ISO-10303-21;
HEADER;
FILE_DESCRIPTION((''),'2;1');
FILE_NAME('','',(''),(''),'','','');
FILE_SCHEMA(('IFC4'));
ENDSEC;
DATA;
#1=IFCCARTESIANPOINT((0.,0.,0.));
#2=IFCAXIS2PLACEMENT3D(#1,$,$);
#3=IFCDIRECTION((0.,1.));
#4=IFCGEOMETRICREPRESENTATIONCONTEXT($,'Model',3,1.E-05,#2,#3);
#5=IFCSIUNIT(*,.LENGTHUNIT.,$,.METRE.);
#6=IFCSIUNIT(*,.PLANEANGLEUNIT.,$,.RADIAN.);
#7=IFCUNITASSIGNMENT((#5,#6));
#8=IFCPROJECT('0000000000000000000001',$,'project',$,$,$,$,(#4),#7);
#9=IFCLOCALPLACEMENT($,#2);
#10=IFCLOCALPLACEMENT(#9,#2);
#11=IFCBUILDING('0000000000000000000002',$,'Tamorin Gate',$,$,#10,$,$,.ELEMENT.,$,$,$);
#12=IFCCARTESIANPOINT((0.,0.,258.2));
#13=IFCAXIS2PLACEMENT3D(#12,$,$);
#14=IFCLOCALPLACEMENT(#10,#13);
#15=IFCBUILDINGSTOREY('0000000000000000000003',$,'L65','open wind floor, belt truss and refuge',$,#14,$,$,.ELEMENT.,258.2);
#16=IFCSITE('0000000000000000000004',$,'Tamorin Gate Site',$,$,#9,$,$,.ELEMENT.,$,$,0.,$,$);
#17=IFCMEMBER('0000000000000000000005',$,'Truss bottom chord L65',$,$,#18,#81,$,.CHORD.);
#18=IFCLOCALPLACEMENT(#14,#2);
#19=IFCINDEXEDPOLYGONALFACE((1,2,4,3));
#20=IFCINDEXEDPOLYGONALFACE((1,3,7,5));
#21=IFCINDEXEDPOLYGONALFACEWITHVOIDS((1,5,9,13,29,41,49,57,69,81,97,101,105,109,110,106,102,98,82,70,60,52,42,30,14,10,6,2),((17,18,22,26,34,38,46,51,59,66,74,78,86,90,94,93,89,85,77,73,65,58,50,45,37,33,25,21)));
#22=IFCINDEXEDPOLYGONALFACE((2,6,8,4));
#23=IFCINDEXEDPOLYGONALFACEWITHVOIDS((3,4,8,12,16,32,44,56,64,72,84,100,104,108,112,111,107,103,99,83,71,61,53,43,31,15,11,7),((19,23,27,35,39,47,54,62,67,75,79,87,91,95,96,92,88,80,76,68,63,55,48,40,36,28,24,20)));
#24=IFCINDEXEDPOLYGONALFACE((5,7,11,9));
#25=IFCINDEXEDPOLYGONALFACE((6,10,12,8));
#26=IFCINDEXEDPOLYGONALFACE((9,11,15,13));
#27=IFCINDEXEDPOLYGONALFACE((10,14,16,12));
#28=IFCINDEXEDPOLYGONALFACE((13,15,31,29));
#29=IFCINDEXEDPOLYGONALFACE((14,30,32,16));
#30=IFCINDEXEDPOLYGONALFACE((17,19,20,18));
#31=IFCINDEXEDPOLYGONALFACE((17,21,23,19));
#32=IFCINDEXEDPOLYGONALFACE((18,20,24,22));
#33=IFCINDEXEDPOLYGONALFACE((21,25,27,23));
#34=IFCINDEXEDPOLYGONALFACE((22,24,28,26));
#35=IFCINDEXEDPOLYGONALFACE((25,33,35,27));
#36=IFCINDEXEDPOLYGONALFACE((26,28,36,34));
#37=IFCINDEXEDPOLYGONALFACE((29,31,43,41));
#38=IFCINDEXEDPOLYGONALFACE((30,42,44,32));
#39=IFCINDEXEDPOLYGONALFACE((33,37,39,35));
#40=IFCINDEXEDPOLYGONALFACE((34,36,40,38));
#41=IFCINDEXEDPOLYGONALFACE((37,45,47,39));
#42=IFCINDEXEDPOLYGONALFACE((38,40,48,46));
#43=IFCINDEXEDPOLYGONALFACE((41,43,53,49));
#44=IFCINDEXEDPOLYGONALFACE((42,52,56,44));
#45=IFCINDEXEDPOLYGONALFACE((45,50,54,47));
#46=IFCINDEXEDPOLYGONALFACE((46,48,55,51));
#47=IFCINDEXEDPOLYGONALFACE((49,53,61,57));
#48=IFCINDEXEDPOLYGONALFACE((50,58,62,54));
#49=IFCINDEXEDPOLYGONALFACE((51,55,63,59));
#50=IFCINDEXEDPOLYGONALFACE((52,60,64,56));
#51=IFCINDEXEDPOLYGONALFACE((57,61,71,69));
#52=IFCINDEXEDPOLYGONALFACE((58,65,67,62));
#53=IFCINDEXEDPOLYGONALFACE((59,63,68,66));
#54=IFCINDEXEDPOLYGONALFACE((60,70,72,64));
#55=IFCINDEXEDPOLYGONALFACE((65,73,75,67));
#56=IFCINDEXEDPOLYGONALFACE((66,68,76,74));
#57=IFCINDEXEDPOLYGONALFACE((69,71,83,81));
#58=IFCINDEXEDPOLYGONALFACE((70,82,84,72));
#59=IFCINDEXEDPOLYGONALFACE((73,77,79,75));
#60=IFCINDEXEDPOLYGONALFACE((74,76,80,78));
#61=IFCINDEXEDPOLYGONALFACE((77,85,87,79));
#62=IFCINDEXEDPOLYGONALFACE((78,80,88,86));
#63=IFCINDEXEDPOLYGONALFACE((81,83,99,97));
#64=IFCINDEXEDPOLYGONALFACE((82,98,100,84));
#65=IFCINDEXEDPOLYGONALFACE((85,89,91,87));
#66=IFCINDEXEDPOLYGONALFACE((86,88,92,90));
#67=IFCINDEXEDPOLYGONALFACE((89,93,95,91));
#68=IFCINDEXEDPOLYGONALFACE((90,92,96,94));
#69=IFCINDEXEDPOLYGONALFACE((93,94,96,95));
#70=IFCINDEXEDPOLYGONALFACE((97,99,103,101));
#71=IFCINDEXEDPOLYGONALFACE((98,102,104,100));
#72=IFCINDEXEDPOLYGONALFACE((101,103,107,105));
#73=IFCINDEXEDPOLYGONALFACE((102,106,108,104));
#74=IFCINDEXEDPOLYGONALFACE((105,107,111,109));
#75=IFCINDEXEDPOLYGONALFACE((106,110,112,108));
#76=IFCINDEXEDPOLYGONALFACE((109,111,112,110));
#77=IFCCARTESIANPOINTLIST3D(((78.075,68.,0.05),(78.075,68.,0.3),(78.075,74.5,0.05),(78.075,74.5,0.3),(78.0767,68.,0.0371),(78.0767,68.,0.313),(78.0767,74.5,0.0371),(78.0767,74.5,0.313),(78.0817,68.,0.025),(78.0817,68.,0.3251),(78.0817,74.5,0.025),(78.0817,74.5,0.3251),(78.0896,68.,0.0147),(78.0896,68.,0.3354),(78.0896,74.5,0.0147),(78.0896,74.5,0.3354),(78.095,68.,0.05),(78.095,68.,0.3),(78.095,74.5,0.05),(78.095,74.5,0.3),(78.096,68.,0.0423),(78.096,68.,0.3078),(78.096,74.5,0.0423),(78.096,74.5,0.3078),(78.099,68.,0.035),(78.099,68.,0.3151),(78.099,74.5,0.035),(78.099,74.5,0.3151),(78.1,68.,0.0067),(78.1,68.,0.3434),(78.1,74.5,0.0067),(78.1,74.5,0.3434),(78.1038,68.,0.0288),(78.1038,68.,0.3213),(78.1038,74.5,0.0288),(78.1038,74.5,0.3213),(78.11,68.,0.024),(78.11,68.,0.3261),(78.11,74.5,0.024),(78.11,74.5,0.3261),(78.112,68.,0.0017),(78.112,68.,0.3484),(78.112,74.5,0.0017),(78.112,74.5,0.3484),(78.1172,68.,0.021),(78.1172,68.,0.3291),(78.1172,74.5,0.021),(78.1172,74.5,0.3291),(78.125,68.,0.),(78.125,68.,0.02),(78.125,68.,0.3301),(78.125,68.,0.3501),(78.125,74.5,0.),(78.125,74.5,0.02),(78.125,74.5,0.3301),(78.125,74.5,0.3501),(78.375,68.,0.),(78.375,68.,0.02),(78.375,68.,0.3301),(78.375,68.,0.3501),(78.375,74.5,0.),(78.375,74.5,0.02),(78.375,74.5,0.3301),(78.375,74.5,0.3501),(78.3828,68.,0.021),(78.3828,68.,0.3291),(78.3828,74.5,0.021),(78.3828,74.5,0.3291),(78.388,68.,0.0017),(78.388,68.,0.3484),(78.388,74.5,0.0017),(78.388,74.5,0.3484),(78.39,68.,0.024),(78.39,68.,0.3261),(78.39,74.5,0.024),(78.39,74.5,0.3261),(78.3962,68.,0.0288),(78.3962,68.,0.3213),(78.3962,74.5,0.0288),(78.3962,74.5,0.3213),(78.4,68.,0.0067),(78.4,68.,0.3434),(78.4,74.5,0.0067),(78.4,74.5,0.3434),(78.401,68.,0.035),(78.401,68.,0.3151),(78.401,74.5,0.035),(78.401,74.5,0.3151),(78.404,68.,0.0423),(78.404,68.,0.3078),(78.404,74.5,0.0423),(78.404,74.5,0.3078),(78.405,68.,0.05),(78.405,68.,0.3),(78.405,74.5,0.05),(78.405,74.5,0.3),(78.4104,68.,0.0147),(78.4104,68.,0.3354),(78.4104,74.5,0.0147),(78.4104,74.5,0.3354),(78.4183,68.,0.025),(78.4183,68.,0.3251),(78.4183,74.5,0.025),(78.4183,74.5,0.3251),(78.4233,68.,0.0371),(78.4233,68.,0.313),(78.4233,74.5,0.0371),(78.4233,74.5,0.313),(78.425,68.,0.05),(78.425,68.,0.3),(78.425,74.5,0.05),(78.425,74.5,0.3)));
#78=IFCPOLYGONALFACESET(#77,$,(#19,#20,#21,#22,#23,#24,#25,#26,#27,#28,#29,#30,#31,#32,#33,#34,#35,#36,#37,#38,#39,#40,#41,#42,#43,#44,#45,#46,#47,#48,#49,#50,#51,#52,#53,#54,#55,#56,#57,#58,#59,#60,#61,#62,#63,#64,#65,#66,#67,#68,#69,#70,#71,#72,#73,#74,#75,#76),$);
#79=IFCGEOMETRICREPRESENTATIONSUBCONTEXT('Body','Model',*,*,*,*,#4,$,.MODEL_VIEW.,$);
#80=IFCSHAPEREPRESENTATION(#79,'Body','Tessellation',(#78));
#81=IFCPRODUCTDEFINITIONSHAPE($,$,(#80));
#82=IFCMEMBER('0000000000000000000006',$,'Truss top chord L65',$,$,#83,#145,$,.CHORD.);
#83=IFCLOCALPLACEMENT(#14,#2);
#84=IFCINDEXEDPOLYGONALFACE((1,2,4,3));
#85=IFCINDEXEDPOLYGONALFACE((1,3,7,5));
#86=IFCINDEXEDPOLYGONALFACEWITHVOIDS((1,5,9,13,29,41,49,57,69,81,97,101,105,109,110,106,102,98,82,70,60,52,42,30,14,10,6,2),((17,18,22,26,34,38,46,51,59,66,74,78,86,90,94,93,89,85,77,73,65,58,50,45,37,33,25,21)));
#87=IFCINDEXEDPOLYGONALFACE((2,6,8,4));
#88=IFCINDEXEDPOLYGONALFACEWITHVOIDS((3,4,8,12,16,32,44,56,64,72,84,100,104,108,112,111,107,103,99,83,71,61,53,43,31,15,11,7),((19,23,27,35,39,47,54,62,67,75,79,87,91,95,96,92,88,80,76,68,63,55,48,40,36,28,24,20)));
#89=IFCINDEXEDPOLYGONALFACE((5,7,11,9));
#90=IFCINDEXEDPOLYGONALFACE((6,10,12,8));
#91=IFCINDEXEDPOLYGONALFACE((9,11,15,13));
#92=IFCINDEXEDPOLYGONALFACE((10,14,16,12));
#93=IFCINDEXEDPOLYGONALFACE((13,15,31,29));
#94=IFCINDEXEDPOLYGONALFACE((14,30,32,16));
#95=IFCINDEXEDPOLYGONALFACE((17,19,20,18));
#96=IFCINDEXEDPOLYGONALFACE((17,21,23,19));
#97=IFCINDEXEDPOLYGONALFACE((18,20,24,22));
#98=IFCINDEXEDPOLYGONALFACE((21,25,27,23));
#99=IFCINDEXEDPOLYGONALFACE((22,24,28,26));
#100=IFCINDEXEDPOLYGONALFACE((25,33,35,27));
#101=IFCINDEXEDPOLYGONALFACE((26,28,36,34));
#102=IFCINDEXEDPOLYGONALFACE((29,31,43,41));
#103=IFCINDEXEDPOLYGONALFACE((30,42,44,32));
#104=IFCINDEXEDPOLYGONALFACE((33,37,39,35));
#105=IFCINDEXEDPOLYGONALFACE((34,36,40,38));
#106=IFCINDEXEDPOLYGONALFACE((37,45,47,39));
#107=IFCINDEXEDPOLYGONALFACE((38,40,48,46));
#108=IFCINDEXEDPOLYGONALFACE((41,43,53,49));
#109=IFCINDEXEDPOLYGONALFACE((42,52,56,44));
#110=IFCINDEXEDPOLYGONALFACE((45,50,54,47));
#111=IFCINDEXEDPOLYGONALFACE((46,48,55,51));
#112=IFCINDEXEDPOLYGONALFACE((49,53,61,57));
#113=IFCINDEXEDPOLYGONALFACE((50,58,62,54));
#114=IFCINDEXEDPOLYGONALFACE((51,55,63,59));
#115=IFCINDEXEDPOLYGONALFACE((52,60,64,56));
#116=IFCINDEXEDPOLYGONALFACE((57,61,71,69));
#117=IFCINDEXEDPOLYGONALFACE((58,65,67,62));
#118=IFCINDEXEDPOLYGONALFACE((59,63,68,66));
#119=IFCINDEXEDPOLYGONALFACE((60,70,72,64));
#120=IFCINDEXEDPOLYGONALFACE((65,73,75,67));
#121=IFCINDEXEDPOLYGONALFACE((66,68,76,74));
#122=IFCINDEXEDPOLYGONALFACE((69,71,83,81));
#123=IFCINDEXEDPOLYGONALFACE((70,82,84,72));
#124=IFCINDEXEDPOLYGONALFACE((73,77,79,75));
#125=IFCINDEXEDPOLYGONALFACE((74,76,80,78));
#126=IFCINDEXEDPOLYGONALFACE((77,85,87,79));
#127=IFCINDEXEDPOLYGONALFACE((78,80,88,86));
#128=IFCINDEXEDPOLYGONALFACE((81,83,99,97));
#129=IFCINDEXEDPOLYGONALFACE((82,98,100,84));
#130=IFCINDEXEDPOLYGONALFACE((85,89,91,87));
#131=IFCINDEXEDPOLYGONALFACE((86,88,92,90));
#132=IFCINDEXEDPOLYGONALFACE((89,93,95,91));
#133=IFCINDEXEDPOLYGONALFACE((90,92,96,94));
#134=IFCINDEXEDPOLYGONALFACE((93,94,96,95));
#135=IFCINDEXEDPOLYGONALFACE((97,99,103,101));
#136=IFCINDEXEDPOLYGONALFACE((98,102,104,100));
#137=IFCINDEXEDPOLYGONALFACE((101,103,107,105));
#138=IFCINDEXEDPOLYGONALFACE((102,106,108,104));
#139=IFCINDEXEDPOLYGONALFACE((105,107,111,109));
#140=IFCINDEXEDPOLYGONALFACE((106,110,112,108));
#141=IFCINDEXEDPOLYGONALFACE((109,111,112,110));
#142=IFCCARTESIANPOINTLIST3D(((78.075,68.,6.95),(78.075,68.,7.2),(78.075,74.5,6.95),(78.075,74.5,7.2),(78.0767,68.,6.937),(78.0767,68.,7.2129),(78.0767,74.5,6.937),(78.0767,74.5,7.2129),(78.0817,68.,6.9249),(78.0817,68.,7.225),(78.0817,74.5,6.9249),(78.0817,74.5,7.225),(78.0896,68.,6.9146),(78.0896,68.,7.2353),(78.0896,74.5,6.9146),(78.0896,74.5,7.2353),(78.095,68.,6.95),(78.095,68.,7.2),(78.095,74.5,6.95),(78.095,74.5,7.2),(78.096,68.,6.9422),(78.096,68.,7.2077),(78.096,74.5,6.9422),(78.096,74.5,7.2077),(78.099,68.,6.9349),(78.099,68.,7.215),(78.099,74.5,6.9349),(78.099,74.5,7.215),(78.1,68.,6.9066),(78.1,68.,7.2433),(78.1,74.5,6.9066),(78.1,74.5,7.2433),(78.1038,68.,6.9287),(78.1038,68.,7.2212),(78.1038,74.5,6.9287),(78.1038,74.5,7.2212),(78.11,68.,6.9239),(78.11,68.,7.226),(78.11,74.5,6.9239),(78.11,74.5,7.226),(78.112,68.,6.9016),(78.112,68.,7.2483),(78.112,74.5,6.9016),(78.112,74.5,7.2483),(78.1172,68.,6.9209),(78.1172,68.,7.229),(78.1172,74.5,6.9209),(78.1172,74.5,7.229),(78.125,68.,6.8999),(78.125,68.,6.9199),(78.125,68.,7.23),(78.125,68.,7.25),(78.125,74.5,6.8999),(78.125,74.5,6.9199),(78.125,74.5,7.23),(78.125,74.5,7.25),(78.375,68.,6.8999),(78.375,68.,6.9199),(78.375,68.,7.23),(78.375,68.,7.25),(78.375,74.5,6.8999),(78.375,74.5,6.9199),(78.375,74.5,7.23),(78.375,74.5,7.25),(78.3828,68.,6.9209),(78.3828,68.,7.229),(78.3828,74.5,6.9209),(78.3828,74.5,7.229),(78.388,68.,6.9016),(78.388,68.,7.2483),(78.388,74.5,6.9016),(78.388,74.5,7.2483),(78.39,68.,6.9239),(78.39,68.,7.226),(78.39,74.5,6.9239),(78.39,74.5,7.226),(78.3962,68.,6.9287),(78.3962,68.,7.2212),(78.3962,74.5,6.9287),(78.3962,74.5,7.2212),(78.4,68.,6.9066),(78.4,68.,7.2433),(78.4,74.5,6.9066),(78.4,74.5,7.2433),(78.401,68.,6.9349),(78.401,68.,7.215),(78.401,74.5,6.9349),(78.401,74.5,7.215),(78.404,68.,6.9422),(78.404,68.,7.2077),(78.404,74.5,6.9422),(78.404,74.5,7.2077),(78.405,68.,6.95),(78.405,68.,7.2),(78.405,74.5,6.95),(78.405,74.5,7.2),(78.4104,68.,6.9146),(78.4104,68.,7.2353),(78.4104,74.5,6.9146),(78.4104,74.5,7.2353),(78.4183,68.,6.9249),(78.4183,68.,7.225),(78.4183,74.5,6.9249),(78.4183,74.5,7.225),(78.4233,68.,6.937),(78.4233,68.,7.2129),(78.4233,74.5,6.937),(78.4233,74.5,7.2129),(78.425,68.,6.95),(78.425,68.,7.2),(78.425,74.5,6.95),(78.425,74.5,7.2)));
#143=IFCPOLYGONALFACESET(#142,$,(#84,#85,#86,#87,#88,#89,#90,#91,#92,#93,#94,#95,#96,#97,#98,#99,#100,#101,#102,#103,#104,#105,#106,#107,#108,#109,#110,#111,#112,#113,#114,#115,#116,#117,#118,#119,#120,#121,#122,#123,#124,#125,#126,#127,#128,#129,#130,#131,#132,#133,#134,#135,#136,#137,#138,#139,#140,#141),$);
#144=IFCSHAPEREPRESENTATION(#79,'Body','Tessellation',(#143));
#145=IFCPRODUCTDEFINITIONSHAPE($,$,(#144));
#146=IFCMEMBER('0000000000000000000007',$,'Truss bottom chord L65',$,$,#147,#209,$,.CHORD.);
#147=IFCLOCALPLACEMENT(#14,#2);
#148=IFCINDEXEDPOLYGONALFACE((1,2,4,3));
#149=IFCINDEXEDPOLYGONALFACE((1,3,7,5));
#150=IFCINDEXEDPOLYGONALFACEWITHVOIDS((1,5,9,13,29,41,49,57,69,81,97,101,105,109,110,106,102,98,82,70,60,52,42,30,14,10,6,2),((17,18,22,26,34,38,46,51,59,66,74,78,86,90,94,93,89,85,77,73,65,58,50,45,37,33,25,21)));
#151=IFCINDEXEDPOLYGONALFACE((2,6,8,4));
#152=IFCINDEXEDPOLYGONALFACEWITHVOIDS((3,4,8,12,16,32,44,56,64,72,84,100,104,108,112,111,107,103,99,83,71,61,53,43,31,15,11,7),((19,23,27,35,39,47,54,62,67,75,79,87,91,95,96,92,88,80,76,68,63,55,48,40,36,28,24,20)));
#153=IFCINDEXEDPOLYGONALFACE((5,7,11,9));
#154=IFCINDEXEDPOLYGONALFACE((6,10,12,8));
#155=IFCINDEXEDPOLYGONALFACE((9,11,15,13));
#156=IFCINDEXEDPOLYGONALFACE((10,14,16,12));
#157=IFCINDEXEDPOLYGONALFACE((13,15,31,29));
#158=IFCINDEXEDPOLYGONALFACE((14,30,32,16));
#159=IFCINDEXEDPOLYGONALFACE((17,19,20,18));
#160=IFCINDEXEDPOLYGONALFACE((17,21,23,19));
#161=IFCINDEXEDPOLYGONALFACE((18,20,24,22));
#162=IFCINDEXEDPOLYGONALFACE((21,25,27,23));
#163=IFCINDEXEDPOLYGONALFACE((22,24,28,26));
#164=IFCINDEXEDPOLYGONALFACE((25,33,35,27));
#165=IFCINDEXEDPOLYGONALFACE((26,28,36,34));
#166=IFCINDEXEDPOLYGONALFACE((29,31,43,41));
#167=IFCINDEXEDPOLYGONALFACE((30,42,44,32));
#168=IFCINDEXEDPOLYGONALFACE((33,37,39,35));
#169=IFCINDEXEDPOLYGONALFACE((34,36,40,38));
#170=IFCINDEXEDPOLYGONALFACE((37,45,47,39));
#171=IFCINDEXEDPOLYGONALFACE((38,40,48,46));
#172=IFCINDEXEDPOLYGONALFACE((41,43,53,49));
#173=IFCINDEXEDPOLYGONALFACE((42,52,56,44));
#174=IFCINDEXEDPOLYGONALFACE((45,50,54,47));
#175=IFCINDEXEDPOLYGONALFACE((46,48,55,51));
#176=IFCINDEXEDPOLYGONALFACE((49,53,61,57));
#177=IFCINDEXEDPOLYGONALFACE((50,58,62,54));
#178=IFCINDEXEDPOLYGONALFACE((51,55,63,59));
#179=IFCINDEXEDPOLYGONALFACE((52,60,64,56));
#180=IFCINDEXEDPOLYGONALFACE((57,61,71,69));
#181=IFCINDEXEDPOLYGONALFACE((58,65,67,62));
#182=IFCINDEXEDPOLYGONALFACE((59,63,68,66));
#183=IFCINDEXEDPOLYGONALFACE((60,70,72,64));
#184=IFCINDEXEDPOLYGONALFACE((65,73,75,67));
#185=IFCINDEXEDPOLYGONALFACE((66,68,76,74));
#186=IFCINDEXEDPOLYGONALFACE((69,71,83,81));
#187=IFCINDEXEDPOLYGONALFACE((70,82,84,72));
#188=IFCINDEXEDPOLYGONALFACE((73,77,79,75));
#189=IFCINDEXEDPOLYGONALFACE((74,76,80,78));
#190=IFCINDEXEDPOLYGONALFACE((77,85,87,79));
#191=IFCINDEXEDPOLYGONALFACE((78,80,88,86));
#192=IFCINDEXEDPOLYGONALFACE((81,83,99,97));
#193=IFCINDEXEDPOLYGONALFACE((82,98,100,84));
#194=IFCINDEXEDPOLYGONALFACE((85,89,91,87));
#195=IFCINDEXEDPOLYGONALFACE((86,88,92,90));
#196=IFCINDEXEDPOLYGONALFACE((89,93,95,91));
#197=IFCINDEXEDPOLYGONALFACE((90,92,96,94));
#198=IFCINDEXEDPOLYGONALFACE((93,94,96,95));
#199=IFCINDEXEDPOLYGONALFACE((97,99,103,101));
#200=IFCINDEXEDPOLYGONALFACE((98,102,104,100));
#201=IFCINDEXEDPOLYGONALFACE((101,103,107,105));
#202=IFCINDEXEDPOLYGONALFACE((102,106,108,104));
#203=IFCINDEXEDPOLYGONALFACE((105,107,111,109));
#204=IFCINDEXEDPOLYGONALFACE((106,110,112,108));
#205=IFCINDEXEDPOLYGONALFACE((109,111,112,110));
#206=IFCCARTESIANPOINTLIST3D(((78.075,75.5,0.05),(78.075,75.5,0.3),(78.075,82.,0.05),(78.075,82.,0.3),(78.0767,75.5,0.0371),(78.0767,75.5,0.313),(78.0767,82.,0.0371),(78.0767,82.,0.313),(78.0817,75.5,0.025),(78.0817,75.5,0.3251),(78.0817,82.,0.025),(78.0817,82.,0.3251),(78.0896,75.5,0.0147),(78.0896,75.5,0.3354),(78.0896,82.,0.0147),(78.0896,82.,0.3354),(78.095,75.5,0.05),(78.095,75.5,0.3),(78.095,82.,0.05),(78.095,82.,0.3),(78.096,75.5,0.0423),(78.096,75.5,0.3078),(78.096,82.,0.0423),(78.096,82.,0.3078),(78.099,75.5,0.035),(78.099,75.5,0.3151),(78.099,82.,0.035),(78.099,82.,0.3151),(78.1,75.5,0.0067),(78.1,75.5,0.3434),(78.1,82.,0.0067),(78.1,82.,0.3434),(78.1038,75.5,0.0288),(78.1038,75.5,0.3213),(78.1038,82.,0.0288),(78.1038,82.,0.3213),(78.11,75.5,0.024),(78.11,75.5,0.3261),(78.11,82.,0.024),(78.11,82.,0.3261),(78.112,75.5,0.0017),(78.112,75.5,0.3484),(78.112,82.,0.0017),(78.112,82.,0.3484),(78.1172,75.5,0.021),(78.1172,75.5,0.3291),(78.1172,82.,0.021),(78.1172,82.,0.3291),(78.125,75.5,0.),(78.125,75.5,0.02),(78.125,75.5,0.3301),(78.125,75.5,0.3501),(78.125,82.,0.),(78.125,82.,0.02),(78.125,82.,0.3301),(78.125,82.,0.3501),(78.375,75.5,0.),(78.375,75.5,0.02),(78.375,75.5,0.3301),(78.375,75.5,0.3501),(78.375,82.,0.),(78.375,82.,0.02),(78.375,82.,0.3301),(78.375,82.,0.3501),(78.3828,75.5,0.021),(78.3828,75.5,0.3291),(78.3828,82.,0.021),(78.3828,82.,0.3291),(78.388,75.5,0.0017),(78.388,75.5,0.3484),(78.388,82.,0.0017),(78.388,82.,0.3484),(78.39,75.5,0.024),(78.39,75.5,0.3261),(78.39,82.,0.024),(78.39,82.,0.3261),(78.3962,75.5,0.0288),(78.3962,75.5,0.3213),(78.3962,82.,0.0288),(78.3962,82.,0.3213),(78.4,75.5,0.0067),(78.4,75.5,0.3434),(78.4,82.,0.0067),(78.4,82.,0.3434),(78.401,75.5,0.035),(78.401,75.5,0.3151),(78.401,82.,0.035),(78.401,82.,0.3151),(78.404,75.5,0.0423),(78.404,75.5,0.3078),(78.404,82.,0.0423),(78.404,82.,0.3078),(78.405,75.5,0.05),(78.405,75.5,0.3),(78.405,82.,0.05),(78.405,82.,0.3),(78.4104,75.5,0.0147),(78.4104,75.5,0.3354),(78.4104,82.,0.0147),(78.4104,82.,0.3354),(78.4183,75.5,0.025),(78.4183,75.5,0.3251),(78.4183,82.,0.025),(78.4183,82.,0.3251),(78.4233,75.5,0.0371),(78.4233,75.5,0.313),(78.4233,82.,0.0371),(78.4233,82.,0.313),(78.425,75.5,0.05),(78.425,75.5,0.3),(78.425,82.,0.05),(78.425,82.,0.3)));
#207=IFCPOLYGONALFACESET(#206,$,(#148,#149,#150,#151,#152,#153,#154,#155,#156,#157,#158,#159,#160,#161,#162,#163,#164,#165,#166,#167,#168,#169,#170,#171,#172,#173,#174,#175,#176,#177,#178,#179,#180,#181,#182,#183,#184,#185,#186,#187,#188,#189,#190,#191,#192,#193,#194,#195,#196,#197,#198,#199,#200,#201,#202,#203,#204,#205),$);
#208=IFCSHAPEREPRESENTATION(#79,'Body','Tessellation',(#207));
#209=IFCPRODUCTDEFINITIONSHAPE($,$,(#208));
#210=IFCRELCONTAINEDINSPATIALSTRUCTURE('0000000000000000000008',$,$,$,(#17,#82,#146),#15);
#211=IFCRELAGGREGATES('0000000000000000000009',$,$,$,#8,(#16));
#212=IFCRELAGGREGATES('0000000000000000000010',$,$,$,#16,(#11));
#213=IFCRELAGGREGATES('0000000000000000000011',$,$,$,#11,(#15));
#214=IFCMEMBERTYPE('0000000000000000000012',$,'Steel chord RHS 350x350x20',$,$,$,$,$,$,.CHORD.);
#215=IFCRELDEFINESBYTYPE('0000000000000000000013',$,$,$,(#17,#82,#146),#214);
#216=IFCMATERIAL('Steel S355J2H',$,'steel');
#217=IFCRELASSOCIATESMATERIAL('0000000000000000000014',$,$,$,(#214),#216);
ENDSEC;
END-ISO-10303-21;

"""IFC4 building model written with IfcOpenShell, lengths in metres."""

from ifc_helpers import new_model, si_unit, direction, frame, origin, origin_2d, place, context, subcontext, project, spatial, hollow_rectangle, extrude, material, material_profile, profile_set, type_object, element, save


model = new_model("IFC4")

# Units and contexts
model_context = context("Model", 3, precision=1e-05, world=origin(), true_north=direction((0.0, 1.0)))
body_context = subcontext(model_context, "Body", "Model", "MODEL_VIEW")
ifc_project = project(units=[si_unit("LENGTHUNIT", "METRE"), si_unit("PLANEANGLEUNIT", "RADIAN")], contexts=[model_context])

# Site, building, storey
site_placement = place(None, origin())
site = spatial("IfcSite", under=ifc_project, at=site_placement, Name="Tamorin Gate Site", CompositionType="ELEMENT", RefElevation=0.0)
building_placement = place(site_placement, origin())
building = spatial("IfcBuilding", under=site, at=building_placement, Name="Tamorin Gate", CompositionType="ELEMENT")
storey_placement = place(building_placement, frame((0.0, 0.0, 258.2)))
storey = spatial("IfcBuildingStorey", under=building, at=storey_placement, Name="L65", Description="open wind floor, belt truss and refuge", CompositionType="ELEMENT", Elevation=258.2)

# Members
ifc_material_1 = material(Name="Steel S355J2H", Category="steel")
ifc_material_profile_1 = material_profile(ifc_material_1, hollow_rectangle(XDim=0.3501, YDim=0.3501, WallThickness=0.02, InnerFilletRadius=0.03, OuterFilletRadius=0.05, at=origin_2d()), Name="RHS 350x350x20")
ifc_profile_set_1 = profile_set([ifc_material_profile_1], Name="Steel S355J2H")
member_type_1 = type_object("IfcMemberType", Name="Steel chord RHS 350x350x20", PredefinedType="CHORD", material=ifc_profile_set_1)
for number, where, z_axis, x_axis, name in (
    (1, (78.25, 68.0, 0.175), (0.0, 1.0, 0.0), (-1.0, 0.0, 0.0), "Truss bottom chord L65"),
    (2, (78.25, 68.0, 7.075), (0.0, 1.0, 0.0), (-1.0, 0.0, 0.0), "Truss top chord L65"),
    (3, (78.25, 75.5, 0.175), (0.0, 1.0, 0.0), (-1.0, 0.0, 0.0), "Truss bottom chord L65"),
):
    element("IfcMember", number, at=place(storey_placement, frame(where, z_axis=z_axis, x_axis=x_axis)), inside=storey, type_object=member_type_1, Name=name, PredefinedType="CHORD", context=body_context, shape_type="SweptSolid", body=[
        extrude(hollow_rectangle(XDim=0.3501, YDim=0.3501, WallThickness=0.02, InnerFilletRadius=0.03, OuterFilletRadius=0.05, at=origin_2d()), origin(), (0.0, 0.0, 1.0), 6.5),
    ])

save(model, "model.ifc")
